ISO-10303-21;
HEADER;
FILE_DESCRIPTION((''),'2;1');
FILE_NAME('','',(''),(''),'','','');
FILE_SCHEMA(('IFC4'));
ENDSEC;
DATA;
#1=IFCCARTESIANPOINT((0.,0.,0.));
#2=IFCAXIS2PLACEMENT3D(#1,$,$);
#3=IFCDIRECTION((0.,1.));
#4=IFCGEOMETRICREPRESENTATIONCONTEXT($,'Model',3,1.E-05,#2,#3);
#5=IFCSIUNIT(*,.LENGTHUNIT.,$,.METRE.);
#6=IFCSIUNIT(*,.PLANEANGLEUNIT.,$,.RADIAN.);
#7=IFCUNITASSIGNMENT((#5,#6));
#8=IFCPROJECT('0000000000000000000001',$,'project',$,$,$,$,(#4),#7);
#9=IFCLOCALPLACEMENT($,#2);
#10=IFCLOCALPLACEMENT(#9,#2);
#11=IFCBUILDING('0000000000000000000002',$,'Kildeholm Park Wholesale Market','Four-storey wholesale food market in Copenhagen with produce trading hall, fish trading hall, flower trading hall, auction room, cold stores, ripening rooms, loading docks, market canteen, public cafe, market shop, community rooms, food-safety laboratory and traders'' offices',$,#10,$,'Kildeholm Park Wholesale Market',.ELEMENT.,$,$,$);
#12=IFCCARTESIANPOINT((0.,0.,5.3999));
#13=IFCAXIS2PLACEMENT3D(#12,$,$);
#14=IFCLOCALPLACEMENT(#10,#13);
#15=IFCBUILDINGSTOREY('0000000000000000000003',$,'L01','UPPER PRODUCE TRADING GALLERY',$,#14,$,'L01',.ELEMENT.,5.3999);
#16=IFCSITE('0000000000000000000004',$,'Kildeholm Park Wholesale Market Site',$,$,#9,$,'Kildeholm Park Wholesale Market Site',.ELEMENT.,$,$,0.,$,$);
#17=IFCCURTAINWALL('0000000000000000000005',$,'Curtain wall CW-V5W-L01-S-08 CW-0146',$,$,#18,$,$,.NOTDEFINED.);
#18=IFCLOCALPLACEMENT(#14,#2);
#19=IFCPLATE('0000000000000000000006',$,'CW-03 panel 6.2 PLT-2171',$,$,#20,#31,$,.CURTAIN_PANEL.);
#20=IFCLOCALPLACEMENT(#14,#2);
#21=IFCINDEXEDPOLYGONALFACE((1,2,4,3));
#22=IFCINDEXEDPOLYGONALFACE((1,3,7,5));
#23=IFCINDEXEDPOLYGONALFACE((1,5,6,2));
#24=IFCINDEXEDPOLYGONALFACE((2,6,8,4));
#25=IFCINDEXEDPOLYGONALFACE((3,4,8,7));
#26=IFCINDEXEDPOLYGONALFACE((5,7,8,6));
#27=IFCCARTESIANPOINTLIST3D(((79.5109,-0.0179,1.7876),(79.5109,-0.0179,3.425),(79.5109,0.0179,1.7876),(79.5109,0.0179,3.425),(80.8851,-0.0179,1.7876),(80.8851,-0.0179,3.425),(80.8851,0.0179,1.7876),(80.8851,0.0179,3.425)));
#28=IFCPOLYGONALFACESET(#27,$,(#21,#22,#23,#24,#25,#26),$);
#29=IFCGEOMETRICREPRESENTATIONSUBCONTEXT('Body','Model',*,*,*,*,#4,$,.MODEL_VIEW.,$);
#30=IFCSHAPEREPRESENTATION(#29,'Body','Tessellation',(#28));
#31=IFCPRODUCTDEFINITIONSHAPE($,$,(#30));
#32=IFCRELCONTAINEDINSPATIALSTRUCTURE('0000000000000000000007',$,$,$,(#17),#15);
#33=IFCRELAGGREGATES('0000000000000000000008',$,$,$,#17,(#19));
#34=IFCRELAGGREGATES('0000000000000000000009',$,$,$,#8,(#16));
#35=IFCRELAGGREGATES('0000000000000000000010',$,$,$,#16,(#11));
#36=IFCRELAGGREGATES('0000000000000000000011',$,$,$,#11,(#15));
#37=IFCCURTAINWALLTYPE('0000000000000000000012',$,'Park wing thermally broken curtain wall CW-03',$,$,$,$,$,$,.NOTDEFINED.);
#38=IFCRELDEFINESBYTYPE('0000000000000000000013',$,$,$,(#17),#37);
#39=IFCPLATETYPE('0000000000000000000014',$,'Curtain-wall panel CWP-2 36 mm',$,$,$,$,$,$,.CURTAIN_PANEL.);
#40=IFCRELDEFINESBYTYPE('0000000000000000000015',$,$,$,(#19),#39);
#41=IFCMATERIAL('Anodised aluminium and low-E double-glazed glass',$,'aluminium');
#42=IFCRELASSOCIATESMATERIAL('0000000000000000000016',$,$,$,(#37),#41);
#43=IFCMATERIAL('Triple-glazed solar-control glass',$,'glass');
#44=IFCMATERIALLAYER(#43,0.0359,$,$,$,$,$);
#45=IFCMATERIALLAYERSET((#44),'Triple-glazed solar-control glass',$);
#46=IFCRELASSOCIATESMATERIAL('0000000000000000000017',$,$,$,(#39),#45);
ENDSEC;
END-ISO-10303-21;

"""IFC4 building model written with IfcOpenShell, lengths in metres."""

from ifc_helpers import new_model, si_unit, direction, frame, origin, origin_2d, place, context, subcontext, project, spatial, rectangle, extrude, material, layer, layer_set, type_object, element, aggregate, save


model = new_model("IFC4")

# Units and contexts
model_context = context("Model", 3, precision=1e-05, world=origin(), true_north=direction((0.0, 1.0)))
body_context = subcontext(model_context, "Body", "Model", "MODEL_VIEW")
ifc_project = project(units=[si_unit("LENGTHUNIT", "METRE"), si_unit("PLANEANGLEUNIT", "RADIAN")], contexts=[model_context])

# Site, building, storey
site_placement = place(None, origin())
site = spatial("IfcSite", under=ifc_project, at=site_placement, Name="Kildeholm Park Wholesale Market Site", LongName="Kildeholm Park Wholesale Market Site", CompositionType="ELEMENT", RefElevation=0.0)
building_placement = place(site_placement, origin())
building = spatial("IfcBuilding", under=site, at=building_placement, Name="Kildeholm Park Wholesale Market", Description="Four-storey wholesale food market in Copenhagen with produce trading hall, fish trading hall, flower trading hall, auction room, cold stores, ripening rooms, loading docks, market canteen, public cafe, market shop, community rooms, food-safety laboratory and traders' offices", LongName="Kildeholm Park Wholesale Market", CompositionType="ELEMENT")
storey_placement = place(building_placement, frame((0.0, 0.0, 5.3999)))
storey = spatial("IfcBuildingStorey", under=building, at=storey_placement, Name="L01", Description="UPPER PRODUCE TRADING GALLERY", LongName="L01", CompositionType="ELEMENT", Elevation=5.3999)

# Curtain wall, plate
ifc_material_1 = material(Name="Anodised aluminium and low-E double-glazed glass", Category="aluminium")
curtain_wall_type = type_object("IfcCurtainWallType", Name="Park wing thermally broken curtain wall CW-03", PredefinedType="NOTDEFINED", material=ifc_material_1)
curtain_wall_placement = place(storey_placement, origin())
curtain_wall = element("IfcCurtainWall", 1, at=curtain_wall_placement, inside=storey, type_object=curtain_wall_type, Name="Curtain wall CW-V5W-L01-S-08 CW-0146", PredefinedType="NOTDEFINED")
ifc_material_2 = material(Name="Triple-glazed solar-control glass", Category="glass")
ifc_layer = layer(ifc_material_2, 0.0359)
ifc_layer_set = layer_set([ifc_layer], Name="Triple-glazed solar-control glass")
plate_type = type_object("IfcPlateType", Name="Curtain-wall panel CWP-2 36 mm", PredefinedType="CURTAIN_PANEL", material=ifc_layer_set)
plate_1_placement = place(storey_placement, frame((80.198, 0.0, 1.7876), z_axis=(0.0, 0.0, 1.0), x_axis=(1.0, 0.0, 0.0)))
plate_1 = element("IfcPlate", 2, at=plate_1_placement, type_object=plate_type, Name="CW-03 panel 6.2 PLT-2171", PredefinedType="CURTAIN_PANEL", context=body_context, shape_type="SweptSolid", body=[
    extrude(rectangle(XDim=1.3743, YDim=0.0359, at=origin_2d()), origin(), (0.0, 0.0, 1.0), 1.6375),
])
aggregate(curtain_wall, [plate_1])

save(model, "model.ifc")
